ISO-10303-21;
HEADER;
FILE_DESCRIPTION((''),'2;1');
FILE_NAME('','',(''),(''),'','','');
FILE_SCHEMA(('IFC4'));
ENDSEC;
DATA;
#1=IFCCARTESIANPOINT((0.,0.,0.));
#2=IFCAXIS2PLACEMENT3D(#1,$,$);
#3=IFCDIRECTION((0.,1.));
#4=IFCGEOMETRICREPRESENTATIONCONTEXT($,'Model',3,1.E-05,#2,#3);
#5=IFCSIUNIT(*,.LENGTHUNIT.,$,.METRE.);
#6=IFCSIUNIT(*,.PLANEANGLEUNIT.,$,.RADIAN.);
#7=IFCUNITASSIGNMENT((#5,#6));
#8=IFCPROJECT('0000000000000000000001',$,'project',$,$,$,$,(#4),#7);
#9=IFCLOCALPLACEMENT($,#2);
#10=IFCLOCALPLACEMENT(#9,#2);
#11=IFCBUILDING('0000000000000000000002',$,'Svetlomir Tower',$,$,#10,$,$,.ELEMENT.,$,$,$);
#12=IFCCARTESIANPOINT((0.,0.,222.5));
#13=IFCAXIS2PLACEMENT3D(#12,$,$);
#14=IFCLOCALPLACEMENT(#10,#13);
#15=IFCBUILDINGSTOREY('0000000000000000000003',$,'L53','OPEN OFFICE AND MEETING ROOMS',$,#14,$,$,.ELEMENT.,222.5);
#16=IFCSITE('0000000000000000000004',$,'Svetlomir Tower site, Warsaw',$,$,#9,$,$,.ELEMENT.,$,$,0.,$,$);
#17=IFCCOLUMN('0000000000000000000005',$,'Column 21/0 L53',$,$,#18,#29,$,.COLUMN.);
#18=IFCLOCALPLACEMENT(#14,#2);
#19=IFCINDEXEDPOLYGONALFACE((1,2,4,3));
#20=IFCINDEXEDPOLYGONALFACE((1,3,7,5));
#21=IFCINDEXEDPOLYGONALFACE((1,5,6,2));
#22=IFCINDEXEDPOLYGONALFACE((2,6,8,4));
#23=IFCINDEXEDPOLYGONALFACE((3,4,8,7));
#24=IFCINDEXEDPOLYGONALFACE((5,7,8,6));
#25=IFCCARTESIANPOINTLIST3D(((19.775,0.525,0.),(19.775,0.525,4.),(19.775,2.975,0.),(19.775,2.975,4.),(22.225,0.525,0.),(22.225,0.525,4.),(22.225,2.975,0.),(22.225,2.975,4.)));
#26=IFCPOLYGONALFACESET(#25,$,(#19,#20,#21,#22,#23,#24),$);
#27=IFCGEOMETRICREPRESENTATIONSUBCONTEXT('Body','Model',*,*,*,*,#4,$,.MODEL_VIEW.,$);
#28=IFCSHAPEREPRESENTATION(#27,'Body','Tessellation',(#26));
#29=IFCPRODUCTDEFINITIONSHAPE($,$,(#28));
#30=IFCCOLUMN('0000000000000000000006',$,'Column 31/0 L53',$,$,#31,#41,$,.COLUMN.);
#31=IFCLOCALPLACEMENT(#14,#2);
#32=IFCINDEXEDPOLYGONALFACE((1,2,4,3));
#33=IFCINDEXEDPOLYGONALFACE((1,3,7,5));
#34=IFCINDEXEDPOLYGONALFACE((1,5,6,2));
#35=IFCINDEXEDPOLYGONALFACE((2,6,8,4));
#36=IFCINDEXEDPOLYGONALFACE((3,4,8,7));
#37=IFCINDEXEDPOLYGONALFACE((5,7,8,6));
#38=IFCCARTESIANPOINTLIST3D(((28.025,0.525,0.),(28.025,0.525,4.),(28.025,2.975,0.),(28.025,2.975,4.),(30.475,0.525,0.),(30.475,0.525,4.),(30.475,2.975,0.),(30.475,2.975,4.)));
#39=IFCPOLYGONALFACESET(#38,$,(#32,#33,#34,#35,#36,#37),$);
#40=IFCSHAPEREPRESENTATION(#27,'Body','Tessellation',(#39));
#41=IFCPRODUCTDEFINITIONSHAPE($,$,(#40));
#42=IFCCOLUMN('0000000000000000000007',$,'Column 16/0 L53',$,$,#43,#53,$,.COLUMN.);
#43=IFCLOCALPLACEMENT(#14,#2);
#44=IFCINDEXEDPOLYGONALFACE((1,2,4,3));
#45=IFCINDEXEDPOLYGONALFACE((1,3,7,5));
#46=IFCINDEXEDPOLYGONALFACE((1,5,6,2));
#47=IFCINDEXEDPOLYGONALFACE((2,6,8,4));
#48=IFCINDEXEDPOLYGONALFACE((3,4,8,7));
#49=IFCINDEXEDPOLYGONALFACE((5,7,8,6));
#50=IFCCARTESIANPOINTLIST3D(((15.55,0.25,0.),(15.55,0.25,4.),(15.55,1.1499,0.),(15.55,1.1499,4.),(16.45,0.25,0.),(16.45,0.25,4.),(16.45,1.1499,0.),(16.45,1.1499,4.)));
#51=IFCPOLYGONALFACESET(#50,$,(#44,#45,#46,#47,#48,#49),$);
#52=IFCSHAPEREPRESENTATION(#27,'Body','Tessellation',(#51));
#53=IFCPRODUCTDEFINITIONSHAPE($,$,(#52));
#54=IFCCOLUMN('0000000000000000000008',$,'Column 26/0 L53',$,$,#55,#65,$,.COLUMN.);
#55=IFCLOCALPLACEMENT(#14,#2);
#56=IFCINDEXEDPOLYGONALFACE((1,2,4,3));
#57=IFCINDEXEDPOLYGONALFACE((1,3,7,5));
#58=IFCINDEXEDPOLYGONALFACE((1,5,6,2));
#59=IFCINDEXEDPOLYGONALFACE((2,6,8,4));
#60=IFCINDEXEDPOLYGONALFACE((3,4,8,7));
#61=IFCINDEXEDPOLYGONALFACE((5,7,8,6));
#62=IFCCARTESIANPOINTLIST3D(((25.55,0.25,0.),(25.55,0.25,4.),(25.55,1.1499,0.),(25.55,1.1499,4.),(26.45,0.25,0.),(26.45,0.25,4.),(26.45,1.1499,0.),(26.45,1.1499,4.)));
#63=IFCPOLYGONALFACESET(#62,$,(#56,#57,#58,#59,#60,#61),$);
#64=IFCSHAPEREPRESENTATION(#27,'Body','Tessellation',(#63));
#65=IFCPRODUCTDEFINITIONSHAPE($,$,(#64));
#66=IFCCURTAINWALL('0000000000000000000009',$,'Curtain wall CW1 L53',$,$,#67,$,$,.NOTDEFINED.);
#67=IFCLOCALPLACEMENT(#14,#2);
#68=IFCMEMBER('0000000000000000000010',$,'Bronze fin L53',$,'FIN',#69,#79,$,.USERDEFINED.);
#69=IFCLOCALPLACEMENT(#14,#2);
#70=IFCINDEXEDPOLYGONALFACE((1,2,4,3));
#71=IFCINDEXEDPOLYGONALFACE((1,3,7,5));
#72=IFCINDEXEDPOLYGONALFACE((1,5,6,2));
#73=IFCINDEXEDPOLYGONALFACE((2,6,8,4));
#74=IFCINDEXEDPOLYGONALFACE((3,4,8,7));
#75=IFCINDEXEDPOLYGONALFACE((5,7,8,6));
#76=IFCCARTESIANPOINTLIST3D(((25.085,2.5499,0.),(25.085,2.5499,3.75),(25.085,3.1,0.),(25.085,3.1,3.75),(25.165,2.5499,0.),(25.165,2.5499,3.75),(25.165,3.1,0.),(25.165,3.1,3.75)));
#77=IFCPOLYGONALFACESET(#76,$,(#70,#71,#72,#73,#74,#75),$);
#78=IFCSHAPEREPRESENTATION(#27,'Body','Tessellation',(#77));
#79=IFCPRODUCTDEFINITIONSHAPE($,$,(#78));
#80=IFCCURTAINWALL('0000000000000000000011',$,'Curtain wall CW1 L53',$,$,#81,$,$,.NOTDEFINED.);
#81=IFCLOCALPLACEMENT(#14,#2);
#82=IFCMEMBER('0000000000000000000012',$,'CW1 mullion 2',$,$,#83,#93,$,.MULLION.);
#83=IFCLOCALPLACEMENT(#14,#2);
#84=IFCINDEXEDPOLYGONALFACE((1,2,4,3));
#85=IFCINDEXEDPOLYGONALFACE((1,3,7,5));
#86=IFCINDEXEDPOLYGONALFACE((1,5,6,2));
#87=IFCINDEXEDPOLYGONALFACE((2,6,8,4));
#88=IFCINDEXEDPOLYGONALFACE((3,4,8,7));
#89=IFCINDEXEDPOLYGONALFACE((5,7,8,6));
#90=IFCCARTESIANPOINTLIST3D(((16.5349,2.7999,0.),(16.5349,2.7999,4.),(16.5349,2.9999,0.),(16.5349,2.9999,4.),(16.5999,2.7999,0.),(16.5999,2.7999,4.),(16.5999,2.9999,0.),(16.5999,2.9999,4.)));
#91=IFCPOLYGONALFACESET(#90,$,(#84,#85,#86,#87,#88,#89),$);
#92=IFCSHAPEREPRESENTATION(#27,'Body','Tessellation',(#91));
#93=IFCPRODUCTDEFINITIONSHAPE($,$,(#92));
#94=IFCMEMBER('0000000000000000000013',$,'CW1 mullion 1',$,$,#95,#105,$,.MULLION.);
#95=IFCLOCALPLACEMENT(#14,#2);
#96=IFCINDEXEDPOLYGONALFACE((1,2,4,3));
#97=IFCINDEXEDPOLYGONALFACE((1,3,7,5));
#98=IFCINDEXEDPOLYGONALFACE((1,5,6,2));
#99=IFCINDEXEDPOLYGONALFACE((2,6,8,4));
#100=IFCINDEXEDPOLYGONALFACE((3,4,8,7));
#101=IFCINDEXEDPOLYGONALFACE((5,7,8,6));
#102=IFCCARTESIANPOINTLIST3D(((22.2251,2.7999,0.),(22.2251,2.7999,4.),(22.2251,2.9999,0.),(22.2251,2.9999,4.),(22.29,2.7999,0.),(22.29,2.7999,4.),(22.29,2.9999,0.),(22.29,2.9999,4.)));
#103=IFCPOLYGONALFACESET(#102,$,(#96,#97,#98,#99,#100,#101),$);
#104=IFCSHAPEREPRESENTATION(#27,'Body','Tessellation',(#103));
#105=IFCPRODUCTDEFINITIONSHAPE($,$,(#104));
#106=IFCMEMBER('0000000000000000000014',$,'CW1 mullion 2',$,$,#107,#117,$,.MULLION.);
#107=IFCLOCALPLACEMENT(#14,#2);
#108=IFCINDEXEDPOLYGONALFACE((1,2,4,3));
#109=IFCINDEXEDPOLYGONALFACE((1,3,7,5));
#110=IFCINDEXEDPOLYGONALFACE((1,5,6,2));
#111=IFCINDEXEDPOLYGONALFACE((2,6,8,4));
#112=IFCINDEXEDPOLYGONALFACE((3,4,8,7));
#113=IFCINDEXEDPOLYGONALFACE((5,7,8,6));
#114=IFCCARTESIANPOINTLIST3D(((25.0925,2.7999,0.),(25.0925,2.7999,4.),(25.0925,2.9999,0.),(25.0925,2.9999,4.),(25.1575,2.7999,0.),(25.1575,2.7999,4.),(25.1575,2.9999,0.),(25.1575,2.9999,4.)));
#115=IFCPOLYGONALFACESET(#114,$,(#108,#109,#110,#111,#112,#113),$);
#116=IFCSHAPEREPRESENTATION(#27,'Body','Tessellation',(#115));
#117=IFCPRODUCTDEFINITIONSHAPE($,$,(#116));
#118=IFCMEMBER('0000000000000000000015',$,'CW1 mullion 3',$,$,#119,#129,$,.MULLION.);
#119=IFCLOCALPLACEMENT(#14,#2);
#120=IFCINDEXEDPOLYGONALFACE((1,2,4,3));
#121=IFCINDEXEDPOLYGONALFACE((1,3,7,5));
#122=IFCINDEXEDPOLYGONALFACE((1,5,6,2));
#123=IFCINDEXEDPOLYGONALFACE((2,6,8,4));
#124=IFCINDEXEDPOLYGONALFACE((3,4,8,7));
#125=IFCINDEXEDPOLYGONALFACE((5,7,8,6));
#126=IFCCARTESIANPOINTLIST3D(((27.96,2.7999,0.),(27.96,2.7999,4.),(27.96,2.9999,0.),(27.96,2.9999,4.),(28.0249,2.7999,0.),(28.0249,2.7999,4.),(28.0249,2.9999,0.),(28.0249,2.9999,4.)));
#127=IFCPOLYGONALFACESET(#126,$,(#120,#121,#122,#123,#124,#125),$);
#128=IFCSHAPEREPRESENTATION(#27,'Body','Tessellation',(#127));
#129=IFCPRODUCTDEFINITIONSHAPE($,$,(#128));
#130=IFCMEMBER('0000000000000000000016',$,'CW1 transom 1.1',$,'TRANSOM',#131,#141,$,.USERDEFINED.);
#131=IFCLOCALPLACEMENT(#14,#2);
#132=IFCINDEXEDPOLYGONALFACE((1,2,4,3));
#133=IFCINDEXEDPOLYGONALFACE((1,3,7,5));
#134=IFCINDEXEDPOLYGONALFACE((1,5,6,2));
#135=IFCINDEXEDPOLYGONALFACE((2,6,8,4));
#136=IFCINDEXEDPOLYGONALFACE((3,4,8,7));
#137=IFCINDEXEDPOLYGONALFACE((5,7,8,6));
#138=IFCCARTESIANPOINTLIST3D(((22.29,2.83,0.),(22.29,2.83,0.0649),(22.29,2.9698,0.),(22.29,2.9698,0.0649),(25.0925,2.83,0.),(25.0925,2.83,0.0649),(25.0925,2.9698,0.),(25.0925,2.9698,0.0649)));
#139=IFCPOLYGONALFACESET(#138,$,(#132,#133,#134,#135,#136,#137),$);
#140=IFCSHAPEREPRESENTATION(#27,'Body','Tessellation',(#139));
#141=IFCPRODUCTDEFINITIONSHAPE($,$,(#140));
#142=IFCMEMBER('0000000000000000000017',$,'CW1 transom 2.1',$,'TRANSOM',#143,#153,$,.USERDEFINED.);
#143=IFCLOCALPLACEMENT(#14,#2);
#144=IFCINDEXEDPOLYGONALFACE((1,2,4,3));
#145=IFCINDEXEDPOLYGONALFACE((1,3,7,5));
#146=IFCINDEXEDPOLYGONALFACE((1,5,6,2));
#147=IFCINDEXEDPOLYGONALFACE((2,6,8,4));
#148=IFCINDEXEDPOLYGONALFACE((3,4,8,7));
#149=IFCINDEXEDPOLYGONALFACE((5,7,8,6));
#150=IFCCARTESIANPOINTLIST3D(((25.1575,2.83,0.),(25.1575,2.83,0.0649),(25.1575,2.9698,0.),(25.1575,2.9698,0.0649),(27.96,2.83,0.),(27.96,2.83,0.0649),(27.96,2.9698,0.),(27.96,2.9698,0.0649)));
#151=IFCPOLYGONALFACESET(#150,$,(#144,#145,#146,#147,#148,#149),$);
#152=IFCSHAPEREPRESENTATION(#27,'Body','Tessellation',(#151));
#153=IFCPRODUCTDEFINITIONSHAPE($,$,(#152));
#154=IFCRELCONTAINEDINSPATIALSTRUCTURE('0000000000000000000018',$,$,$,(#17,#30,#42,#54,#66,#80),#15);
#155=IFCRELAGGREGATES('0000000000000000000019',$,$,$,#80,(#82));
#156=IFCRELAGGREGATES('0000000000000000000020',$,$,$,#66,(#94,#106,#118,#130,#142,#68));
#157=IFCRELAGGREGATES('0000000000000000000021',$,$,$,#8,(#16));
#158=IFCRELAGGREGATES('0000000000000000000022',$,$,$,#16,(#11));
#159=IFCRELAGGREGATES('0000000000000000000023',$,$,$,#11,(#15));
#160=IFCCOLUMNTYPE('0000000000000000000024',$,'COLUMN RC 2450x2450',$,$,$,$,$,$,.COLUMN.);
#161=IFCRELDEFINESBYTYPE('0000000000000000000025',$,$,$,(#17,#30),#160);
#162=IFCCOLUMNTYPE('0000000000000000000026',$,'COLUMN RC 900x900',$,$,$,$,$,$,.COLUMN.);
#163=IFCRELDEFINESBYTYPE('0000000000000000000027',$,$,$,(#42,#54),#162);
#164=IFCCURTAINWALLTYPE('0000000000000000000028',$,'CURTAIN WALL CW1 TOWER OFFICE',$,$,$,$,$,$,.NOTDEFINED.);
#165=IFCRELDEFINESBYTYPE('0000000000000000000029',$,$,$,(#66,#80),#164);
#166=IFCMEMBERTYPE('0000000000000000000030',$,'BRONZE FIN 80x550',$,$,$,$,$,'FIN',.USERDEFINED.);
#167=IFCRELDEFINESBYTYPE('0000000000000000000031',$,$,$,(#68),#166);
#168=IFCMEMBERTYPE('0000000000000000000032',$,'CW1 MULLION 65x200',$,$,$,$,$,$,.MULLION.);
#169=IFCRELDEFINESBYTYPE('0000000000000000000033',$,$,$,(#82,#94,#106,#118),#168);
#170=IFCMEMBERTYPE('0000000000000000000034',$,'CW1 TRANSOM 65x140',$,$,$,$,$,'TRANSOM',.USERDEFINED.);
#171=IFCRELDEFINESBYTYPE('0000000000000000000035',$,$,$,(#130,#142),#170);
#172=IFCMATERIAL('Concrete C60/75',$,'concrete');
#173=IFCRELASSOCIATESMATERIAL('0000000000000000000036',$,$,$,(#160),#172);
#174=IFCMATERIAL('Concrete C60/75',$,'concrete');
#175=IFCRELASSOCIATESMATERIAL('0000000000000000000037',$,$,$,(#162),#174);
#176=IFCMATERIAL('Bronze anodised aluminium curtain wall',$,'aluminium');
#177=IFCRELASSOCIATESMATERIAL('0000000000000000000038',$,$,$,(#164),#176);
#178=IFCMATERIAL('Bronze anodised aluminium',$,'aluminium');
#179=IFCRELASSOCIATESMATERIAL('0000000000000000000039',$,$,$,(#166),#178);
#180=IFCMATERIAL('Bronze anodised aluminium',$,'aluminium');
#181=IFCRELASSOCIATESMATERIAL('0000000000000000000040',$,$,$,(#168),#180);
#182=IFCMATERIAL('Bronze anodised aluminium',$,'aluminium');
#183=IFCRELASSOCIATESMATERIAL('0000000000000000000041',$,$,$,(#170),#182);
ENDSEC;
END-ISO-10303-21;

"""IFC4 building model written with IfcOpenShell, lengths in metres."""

from ifc_helpers import new_model, si_unit, direction, frame, origin, origin_2d, place, context, subcontext, project, spatial, rectangle, extrude, material, material_profile, profile_set, type_object, element, aggregate, save


model = new_model("IFC4")

# Units and contexts
model_context = context("Model", 3, precision=1e-05, world=origin(), true_north=direction((0.0, 1.0)))
body_context = subcontext(model_context, "Body", "Model", "MODEL_VIEW")
ifc_project = project(units=[si_unit("LENGTHUNIT", "METRE"), si_unit("PLANEANGLEUNIT", "RADIAN")], contexts=[model_context])

# Site, building, storey
site_placement = place(None, origin())
site = spatial("IfcSite", under=ifc_project, at=site_placement, Name="Svetlomir Tower site, Warsaw", CompositionType="ELEMENT", RefElevation=0.0)
building_placement = place(site_placement, origin())
building = spatial("IfcBuilding", under=site, at=building_placement, Name="Svetlomir Tower", CompositionType="ELEMENT")
storey_placement = place(building_placement, frame((0.0, 0.0, 222.5)))
storey = spatial("IfcBuildingStorey", under=building, at=storey_placement, Name="L53", Description="OPEN OFFICE AND MEETING ROOMS", CompositionType="ELEMENT", Elevation=222.5)

# Columns
ifc_material_1 = material(Name="Concrete C60/75", Category="concrete")
ifc_material_profile_1 = material_profile(ifc_material_1, rectangle(XDim=2.45, YDim=2.45, at=origin_2d()), Name="RC 2450x2450")
ifc_profile_set_1 = profile_set([ifc_material_profile_1], Name="Concrete C60/75")
column_type_1 = type_object("IfcColumnType", Name="COLUMN RC 2450x2450", PredefinedType="COLUMN", material=ifc_profile_set_1)
for number, where, z_axis, x_axis, name in (
    (1, (21.0, 1.75, 0.0), (0.0, 0.0, 1.0), (1.0, 0.0, 0.0), "Column 21/0 L53"),
    (2, (29.25, 1.75, 0.0), (0.0, 0.0, 1.0), (1.0, 0.0, 0.0), "Column 31/0 L53"),
):
    element("IfcColumn", number, at=place(storey_placement, frame(where, z_axis=z_axis, x_axis=x_axis)), inside=storey, type_object=column_type_1, Name=name, PredefinedType="COLUMN", context=body_context, shape_type="SweptSolid", body=[
        extrude(rectangle(XDim=2.45, YDim=2.45, at=origin_2d()), origin(), (0.0, 0.0, 1.0), 4.0),
    ])
ifc_material_2 = material(Name="Concrete C60/75", Category="concrete")
ifc_material_profile_2 = material_profile(ifc_material_2, rectangle(XDim=0.8999, YDim=0.8999, at=origin_2d()), Name="RC 900x900")
ifc_profile_set_2 = profile_set([ifc_material_profile_2], Name="Concrete C60/75")
column_type_2 = type_object("IfcColumnType", Name="COLUMN RC 900x900", PredefinedType="COLUMN", material=ifc_profile_set_2)
for number, where, z_axis, x_axis, name in (
    (3, (16.0, 0.7, 0.0), (0.0, 0.0, 1.0), (1.0, 0.0, 0.0), "Column 16/0 L53"),
    (4, (26.0, 0.7, 0.0), (0.0, 0.0, 1.0), (1.0, 0.0, 0.0), "Column 26/0 L53"),
):
    element("IfcColumn", number, at=place(storey_placement, frame(where, z_axis=z_axis, x_axis=x_axis)), inside=storey, type_object=column_type_2, Name=name, PredefinedType="COLUMN", context=body_context, shape_type="SweptSolid", body=[
        extrude(rectangle(XDim=0.8999, YDim=0.8999, at=origin_2d()), origin(), (0.0, 0.0, 1.0), 4.0),
    ])

# Curtain walls, members
ifc_material_3 = material(Name="Bronze anodised aluminium curtain wall", Category="aluminium")
curtain_wall_type = type_object("IfcCurtainWallType", Name="CURTAIN WALL CW1 TOWER OFFICE", PredefinedType="NOTDEFINED", material=ifc_material_3)
curtain_wall_1_placement = place(storey_placement, origin())
curtain_wall_1 = element("IfcCurtainWall", 5, at=curtain_wall_1_placement, inside=storey, type_object=curtain_wall_type, Name="Curtain wall CW1 L53", PredefinedType="NOTDEFINED")
ifc_material_4 = material(Name="Bronze anodised aluminium", Category="aluminium")
ifc_material_profile_3 = material_profile(ifc_material_4, rectangle(XDim=0.0801, YDim=0.55, at=origin_2d()), Name="FIN 80x550")
ifc_profile_set_3 = profile_set([ifc_material_profile_3], Name="Bronze anodised aluminium 6063-T6")
member_type_1 = type_object("IfcMemberType", Name="BRONZE FIN 80x550", ElementType="FIN", PredefinedType="USERDEFINED", material=ifc_profile_set_3)
member_1_placement = place(storey_placement, frame((25.125, 2.825, 0.0), z_axis=(0.0, 0.0, 1.0), x_axis=(1.0, 0.0, 0.0)))
member_1 = element("IfcMember", 6, at=member_1_placement, type_object=member_type_1, Name="Bronze fin L53", ObjectType="FIN", PredefinedType="USERDEFINED", context=body_context, shape_type="SweptSolid", body=[
    extrude(rectangle(XDim=0.0801, YDim=0.55, at=origin_2d()), origin(), (0.0, 0.0, 1.0), 3.75),
])
curtain_wall_2_placement = place(storey_placement, origin())
curtain_wall_2 = element("IfcCurtainWall", 7, at=curtain_wall_2_placement, inside=storey, type_object=curtain_wall_type, Name="Curtain wall CW1 L53", PredefinedType="NOTDEFINED")
ifc_material_5 = material(Name="Bronze anodised aluminium", Category="aluminium")
ifc_material_profile_4 = material_profile(ifc_material_5, rectangle(XDim=0.0649, YDim=0.2, at=origin_2d()), Name="AL 65x200")
ifc_profile_set_4 = profile_set([ifc_material_profile_4], Name="Bronze anodised aluminium 6063-T6")
member_type_2 = type_object("IfcMemberType", Name="CW1 MULLION 65x200", PredefinedType="MULLION", material=ifc_profile_set_4)
member_2_placement = place(storey_placement, frame((16.5674, 2.8999, 0.0), z_axis=(0.0, 0.0, 1.0), x_axis=(1.0, 0.0, 0.0)))
member_2 = element("IfcMember", 8, at=member_2_placement, type_object=member_type_2, Name="CW1 mullion 2", PredefinedType="MULLION", context=body_context, shape_type="SweptSolid", body=[
    extrude(rectangle(XDim=0.0649, YDim=0.2, at=origin_2d()), origin(), (0.0, 0.0, 1.0), 4.0),
])

# Members
member_3_placement = place(storey_placement, frame((22.2576, 2.8999, 0.0), z_axis=(0.0, 0.0, 1.0), x_axis=(1.0, 0.0, 0.0)))
member_3 = element("IfcMember", 9, at=member_3_placement, type_object=member_type_2, Name="CW1 mullion 1", PredefinedType="MULLION", context=body_context, shape_type="SweptSolid", body=[
    extrude(rectangle(XDim=0.0649, YDim=0.2, at=origin_2d()), origin(), (0.0, 0.0, 1.0), 4.0),
])
member_4_placement = place(storey_placement, frame((25.125, 2.8999, 0.0), z_axis=(0.0, 0.0, 1.0), x_axis=(1.0, 0.0, 0.0)))
member_4 = element("IfcMember", 10, at=member_4_placement, type_object=member_type_2, Name="CW1 mullion 2", PredefinedType="MULLION", context=body_context, shape_type="SweptSolid", body=[
    extrude(rectangle(XDim=0.0649, YDim=0.2, at=origin_2d()), origin(), (0.0, 0.0, 1.0), 4.0),
])
member_5_placement = place(storey_placement, frame((27.9924, 2.8999, 0.0), z_axis=(0.0, 0.0, 1.0), x_axis=(1.0, 0.0, 0.0)))
member_5 = element("IfcMember", 11, at=member_5_placement, type_object=member_type_2, Name="CW1 mullion 3", PredefinedType="MULLION", context=body_context, shape_type="SweptSolid", body=[
    extrude(rectangle(XDim=0.0649, YDim=0.2, at=origin_2d()), origin(), (0.0, 0.0, 1.0), 4.0),
])
ifc_material_6 = material(Name="Bronze anodised aluminium", Category="aluminium")
ifc_material_profile_5 = material_profile(ifc_material_6, rectangle(XDim=0.1399, YDim=0.0649, at=origin_2d()), Name="AL 140x65")
ifc_profile_set_5 = profile_set([ifc_material_profile_5], Name="Bronze anodised aluminium 6063-T6")
member_type_3 = type_object("IfcMemberType", Name="CW1 TRANSOM 65x140", ElementType="TRANSOM", PredefinedType="USERDEFINED", material=ifc_profile_set_5)
member_6_placement = place(storey_placement, frame((22.29, 2.8999, 0.0325), z_axis=(1.0, 0.0, 0.0), x_axis=(0.0, 1.0, 0.0)))
member_6 = element("IfcMember", 12, at=member_6_placement, type_object=member_type_3, Name="CW1 transom 1.1", ObjectType="TRANSOM", PredefinedType="USERDEFINED", context=body_context, shape_type="SweptSolid", body=[
    extrude(rectangle(XDim=0.1399, YDim=0.0649, at=origin_2d()), origin(), (0.0, 0.0, 1.0), 2.8025),
])
member_7_placement = place(storey_placement, frame((25.1575, 2.8999, 0.0325), z_axis=(1.0, 0.0, 0.0), x_axis=(0.0, 1.0, 0.0)))
member_7 = element("IfcMember", 13, at=member_7_placement, type_object=member_type_3, Name="CW1 transom 2.1", ObjectType="TRANSOM", PredefinedType="USERDEFINED", context=body_context, shape_type="SweptSolid", body=[
    extrude(rectangle(XDim=0.1399, YDim=0.0649, at=origin_2d()), origin(), (0.0, 0.0, 1.0), 2.8025),
])

aggregate(curtain_wall_2, [member_2])
aggregate(curtain_wall_1, [member_3, member_4, member_5, member_6, member_7, member_1])

save(model, "model.ifc")
